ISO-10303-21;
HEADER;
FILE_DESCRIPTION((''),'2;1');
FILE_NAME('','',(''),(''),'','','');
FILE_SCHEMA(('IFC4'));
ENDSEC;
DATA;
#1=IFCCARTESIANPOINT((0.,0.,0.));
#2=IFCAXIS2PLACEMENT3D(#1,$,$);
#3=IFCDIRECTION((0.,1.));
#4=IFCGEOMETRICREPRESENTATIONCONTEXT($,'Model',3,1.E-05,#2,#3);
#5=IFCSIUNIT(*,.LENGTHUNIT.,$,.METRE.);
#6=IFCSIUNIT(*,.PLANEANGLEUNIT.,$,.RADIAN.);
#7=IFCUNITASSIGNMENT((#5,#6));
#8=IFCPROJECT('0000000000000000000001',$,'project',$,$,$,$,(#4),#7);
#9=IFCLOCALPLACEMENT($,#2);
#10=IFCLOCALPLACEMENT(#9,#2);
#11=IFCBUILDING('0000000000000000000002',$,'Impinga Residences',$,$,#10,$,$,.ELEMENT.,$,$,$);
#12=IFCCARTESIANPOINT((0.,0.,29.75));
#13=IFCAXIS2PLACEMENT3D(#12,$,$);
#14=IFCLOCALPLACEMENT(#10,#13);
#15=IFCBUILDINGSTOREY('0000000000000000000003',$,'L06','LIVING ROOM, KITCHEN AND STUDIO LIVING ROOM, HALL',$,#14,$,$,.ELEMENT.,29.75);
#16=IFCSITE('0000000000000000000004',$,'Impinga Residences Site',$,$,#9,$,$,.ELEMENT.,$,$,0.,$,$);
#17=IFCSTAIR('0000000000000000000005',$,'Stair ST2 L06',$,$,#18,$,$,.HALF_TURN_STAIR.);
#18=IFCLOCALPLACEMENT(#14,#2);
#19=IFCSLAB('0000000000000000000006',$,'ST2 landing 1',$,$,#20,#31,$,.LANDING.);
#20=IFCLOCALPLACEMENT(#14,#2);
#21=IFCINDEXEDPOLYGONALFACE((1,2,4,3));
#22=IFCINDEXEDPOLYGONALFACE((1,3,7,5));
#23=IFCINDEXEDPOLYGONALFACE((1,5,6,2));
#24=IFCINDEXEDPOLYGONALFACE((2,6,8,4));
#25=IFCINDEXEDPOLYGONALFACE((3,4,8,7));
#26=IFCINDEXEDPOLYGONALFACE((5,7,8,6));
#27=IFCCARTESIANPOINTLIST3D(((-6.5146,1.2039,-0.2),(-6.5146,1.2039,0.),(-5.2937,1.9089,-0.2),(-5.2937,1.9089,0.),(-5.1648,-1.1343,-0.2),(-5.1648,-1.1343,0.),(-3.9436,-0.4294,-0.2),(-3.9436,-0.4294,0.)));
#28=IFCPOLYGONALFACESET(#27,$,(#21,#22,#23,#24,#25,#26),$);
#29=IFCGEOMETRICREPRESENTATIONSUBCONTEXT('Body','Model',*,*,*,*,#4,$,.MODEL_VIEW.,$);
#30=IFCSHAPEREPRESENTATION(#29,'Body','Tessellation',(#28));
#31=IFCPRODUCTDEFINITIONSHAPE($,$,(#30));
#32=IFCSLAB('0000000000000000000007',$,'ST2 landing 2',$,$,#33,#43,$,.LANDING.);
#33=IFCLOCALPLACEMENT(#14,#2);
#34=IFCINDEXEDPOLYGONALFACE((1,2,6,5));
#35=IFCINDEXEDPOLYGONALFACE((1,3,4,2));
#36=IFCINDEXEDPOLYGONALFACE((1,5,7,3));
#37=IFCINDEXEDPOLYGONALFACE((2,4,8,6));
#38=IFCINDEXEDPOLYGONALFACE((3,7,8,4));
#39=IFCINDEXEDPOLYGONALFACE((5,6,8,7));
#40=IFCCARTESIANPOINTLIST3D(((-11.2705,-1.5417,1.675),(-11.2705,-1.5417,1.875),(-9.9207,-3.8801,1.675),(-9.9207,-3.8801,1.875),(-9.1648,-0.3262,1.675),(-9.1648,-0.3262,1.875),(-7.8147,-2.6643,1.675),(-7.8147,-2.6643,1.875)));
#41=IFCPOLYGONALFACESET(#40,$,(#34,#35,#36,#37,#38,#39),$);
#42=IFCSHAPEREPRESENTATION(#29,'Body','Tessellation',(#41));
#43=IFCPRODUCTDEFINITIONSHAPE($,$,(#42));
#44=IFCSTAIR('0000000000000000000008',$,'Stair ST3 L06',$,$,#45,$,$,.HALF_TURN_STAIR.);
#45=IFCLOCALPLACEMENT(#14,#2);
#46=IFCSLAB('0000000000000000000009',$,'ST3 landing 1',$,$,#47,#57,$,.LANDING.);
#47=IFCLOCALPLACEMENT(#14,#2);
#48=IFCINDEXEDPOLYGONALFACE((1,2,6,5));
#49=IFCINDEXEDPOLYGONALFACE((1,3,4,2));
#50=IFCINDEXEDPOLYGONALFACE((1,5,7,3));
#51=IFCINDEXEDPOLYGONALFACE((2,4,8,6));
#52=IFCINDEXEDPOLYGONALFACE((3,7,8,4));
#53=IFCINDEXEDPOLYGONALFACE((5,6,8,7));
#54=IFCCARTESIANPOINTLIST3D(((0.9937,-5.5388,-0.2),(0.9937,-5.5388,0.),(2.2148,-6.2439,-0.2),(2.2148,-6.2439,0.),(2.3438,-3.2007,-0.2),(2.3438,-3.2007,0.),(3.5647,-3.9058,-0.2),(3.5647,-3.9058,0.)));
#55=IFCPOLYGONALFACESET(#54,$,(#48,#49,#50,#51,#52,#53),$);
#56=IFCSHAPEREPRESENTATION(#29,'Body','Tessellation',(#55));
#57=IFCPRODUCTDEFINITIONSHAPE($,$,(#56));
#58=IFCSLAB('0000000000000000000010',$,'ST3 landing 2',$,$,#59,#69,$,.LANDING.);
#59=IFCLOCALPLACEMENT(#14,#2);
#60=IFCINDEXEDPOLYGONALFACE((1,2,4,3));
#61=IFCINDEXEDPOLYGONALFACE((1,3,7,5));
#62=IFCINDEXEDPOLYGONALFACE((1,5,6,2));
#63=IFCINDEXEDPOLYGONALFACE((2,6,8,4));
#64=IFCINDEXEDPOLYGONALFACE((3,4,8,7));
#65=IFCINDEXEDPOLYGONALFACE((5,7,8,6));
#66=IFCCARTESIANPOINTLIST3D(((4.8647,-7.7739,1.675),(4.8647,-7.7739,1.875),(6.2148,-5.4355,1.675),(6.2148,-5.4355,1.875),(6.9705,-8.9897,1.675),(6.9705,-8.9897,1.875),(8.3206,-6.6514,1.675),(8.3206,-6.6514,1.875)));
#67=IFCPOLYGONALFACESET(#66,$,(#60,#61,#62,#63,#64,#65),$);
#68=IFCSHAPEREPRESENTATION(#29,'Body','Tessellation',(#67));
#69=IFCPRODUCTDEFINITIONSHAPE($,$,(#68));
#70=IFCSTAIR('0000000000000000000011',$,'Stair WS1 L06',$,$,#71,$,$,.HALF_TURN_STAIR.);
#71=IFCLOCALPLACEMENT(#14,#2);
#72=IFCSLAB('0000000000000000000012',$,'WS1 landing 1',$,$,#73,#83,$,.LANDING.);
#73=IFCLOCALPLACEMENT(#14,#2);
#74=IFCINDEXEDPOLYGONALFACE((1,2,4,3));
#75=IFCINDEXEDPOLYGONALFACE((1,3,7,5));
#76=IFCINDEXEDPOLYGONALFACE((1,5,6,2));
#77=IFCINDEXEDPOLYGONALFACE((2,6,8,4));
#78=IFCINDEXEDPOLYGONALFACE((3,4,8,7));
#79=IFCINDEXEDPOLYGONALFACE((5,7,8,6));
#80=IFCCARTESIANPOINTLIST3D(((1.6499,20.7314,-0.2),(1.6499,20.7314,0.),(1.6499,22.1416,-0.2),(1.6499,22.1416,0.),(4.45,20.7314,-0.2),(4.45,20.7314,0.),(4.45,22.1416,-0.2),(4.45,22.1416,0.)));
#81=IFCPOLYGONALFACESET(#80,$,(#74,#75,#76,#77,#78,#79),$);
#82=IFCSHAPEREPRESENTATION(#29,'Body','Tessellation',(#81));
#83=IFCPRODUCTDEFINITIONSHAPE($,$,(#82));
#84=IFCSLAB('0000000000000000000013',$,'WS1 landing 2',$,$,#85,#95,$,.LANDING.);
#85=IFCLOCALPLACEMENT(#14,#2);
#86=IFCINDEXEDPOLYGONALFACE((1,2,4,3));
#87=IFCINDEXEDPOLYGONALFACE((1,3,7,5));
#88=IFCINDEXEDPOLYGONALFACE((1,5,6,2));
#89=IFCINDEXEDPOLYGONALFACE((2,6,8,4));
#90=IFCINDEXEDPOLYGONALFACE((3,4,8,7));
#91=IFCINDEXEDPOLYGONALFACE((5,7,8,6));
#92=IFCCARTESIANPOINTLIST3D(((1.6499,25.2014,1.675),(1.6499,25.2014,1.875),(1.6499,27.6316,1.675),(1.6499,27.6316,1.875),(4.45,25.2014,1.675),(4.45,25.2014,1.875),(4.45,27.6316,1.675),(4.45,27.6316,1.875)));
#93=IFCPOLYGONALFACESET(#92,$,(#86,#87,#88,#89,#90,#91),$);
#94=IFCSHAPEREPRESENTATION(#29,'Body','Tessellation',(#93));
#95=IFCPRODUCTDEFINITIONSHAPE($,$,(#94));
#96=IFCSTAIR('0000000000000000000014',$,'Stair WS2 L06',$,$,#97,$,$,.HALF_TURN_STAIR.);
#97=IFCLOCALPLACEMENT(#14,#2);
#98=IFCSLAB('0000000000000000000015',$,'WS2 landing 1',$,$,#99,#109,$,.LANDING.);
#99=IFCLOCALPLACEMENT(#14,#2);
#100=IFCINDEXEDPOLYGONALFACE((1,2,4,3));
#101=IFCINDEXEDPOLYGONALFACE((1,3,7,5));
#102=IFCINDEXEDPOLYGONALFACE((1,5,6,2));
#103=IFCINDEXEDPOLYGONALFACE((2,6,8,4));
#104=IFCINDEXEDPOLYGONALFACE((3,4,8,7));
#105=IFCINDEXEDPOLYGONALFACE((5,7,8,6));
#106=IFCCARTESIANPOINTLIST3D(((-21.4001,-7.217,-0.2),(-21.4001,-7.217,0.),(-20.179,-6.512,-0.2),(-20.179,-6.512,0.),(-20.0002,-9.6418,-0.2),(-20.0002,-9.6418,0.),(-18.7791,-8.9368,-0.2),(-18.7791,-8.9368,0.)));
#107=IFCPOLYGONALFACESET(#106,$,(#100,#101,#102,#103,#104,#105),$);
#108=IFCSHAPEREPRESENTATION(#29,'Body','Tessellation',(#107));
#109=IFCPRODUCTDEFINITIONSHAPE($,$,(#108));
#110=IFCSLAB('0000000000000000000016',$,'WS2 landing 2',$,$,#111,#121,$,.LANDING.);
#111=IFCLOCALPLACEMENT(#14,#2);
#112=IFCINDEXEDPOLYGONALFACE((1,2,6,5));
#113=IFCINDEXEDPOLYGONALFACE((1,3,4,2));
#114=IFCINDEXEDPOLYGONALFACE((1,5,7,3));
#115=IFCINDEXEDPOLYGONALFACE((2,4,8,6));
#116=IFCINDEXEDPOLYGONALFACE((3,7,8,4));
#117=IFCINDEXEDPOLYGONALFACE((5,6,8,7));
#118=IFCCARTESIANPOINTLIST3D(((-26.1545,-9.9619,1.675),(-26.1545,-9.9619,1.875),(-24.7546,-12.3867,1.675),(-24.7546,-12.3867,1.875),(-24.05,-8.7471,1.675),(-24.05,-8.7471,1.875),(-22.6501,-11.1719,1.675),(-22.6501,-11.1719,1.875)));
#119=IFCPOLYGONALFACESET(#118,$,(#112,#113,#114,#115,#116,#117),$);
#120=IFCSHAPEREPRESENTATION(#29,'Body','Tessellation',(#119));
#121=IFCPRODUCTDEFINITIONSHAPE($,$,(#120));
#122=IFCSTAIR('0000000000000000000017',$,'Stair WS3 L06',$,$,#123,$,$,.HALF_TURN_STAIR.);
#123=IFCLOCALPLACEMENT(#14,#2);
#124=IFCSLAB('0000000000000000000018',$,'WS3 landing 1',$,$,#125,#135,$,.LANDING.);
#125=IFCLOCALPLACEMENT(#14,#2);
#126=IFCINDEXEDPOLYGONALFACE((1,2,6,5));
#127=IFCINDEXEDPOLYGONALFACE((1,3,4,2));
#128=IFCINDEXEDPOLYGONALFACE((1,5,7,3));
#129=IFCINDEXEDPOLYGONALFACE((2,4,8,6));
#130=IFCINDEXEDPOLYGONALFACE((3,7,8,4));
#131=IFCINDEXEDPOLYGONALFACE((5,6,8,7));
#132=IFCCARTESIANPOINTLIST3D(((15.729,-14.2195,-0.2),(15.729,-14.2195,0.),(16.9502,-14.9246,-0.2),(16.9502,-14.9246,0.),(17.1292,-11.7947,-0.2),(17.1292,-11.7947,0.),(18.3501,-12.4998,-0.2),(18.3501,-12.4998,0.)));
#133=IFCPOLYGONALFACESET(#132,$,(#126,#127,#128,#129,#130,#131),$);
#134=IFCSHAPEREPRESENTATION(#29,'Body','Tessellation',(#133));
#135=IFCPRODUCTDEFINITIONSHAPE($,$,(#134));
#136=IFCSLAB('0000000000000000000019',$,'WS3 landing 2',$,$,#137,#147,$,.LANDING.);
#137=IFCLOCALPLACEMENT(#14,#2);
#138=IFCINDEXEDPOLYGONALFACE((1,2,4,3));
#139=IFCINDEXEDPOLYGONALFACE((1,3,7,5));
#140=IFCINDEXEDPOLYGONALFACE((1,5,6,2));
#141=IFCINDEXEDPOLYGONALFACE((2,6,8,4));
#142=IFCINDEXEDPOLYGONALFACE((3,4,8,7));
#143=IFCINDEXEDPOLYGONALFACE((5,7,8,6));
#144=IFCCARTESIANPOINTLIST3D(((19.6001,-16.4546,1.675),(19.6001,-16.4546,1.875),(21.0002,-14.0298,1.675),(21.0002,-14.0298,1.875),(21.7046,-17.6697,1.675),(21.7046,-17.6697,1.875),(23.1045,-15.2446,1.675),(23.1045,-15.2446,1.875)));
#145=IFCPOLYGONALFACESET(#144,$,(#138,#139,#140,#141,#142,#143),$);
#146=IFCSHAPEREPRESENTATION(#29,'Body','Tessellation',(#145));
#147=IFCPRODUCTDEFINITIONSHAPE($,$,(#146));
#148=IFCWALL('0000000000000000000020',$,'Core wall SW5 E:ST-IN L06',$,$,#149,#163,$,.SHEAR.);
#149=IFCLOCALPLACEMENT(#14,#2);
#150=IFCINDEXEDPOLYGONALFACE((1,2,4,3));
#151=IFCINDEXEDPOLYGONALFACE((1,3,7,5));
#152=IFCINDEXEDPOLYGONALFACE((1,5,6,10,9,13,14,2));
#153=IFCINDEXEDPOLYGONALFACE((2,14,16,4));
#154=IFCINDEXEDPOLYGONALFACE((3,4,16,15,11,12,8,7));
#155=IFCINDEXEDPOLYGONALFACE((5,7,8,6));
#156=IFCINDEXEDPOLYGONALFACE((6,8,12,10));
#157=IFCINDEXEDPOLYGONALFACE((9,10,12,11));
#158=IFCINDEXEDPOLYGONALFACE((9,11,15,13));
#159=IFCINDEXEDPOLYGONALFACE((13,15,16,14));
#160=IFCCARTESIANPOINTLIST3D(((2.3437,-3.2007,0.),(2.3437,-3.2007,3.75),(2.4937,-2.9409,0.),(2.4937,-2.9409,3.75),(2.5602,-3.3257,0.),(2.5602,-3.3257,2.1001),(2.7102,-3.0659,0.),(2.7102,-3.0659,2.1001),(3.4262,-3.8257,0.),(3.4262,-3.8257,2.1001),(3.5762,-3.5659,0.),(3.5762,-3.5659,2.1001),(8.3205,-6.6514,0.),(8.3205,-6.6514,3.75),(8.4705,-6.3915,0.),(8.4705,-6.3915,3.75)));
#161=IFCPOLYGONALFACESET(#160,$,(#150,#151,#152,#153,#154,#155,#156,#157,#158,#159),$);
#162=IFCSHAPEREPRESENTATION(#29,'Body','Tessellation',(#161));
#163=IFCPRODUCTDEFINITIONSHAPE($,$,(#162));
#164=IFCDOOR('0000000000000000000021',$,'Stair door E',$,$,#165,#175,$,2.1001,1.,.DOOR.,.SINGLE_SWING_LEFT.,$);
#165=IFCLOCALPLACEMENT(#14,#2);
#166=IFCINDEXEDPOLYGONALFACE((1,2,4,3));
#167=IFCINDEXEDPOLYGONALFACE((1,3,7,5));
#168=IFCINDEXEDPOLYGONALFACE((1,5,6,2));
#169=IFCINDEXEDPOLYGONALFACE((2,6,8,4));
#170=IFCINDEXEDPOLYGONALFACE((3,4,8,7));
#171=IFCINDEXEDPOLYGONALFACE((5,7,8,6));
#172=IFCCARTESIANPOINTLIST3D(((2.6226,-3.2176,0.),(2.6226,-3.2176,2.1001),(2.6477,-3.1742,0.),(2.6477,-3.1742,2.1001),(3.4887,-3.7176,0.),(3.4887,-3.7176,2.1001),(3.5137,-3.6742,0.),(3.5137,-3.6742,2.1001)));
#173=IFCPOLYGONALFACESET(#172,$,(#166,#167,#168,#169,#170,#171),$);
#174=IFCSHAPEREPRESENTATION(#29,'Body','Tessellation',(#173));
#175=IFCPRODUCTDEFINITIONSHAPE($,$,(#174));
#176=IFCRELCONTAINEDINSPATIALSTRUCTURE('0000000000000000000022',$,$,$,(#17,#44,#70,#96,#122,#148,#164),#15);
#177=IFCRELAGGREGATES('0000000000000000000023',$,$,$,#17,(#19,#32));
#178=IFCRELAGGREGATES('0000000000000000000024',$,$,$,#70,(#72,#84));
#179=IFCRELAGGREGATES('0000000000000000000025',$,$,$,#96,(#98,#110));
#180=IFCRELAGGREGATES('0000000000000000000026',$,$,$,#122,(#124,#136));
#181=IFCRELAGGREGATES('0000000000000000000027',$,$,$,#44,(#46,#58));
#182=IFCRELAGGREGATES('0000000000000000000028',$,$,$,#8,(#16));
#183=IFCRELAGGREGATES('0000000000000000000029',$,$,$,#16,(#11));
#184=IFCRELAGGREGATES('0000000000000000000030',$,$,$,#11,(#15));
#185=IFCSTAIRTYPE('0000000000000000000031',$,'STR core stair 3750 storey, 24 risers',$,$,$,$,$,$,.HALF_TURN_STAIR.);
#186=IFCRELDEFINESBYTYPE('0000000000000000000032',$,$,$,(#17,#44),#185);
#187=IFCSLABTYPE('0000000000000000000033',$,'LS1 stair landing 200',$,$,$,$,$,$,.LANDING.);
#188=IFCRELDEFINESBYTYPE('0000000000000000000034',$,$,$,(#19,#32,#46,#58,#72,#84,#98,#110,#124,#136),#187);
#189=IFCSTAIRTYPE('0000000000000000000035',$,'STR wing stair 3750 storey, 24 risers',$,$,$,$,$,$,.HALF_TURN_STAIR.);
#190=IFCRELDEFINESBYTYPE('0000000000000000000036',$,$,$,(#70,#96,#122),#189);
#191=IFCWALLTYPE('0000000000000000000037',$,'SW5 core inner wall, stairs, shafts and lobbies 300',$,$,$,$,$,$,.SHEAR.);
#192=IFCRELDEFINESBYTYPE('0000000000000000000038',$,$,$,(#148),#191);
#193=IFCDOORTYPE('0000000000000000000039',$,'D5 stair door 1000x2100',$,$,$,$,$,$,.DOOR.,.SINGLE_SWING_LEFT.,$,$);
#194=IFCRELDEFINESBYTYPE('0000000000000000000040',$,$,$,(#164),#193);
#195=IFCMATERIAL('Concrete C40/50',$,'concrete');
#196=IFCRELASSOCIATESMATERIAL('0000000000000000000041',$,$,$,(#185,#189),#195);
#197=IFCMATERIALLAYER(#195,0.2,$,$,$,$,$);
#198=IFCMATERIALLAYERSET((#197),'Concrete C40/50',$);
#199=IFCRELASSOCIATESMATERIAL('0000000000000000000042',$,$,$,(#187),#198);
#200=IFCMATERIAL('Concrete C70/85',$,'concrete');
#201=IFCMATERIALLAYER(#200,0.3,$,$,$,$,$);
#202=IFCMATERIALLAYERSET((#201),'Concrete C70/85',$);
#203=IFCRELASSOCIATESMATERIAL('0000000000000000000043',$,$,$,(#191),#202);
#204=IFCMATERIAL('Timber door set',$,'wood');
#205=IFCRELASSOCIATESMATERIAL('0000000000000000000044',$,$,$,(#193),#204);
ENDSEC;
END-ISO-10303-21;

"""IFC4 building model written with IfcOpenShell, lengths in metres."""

from ifc_helpers import new_model, si_unit, direction, frame, frame_2d, origin, place, context, subcontext, project, spatial, polyline, rectangle, outline, extrude, material, layer, layer_set, type_object, element, fill, aggregate, save


model = new_model("IFC4")

# Units and contexts
model_context = context("Model", 3, precision=1e-05, world=origin(), true_north=direction((0.0, 1.0)))
body_context = subcontext(model_context, "Body", "Model", "MODEL_VIEW")
ifc_project = project(units=[si_unit("LENGTHUNIT", "METRE"), si_unit("PLANEANGLEUNIT", "RADIAN")], contexts=[model_context])

# Site, building, storey
site_placement = place(None, origin())
site = spatial("IfcSite", under=ifc_project, at=site_placement, Name="Impinga Residences Site", CompositionType="ELEMENT", RefElevation=0.0)
building_placement = place(site_placement, origin())
building = spatial("IfcBuilding", under=site, at=building_placement, Name="Impinga Residences", CompositionType="ELEMENT")
storey_placement = place(building_placement, frame((0.0, 0.0, 29.75)))
storey = spatial("IfcBuildingStorey", under=building, at=storey_placement, Name="L06", Description="LIVING ROOM, KITCHEN AND STUDIO LIVING ROOM, HALL", CompositionType="ELEMENT", Elevation=29.75)

# Stairs, slabs
ifc_material_1 = material(Name="Concrete C40/50", Category="concrete")
stair_type_1 = type_object("IfcStairType", Name="STR core stair 3750 storey, 24 risers", PredefinedType="HALF_TURN_STAIR", material=ifc_material_1)
stair_1_placement = place(storey_placement, origin())
stair_1 = element("IfcStair", 1, at=stair_1_placement, inside=storey, type_object=stair_type_1, Name="Stair ST2 L06", PredefinedType="HALF_TURN_STAIR")
ifc_layer_1 = layer(ifc_material_1, 0.2)
ifc_layer_set_1 = layer_set([ifc_layer_1], Name="Concrete C40/50")
slab_type = type_object("IfcSlabType", Name="LS1 stair landing 200", PredefinedType="LANDING", material=ifc_layer_set_1)
slab_1_placement = place(storey_placement, frame((0.0, 0.0, -0.2)))
slab_1 = element("IfcSlab", 2, at=slab_1_placement, type_object=slab_type, Name="ST2 landing 1", PredefinedType="LANDING", context=body_context, shape_type="SweptSolid", body=[
    extrude(outline(polyline([(-3.9436, -0.4294), (-5.2937, 1.9089), (-6.5146, 1.2039), (-5.1648, -1.1343), (-3.9436, -0.4294)])), origin(), (0.0, 0.0, 1.0), 0.2),
])
slab_2_placement = place(storey_placement, frame((0.0, 0.0, 1.675)))
slab_2 = element("IfcSlab", 3, at=slab_2_placement, type_object=slab_type, Name="ST2 landing 2", PredefinedType="LANDING", context=body_context, shape_type="SweptSolid", body=[
    extrude(outline(polyline([(-7.8147, -2.6643), (-9.1648, -0.3262), (-11.2705, -1.5417), (-9.9207, -3.8801), (-7.8147, -2.6643)])), origin(), (0.0, 0.0, 1.0), 0.2),
])
aggregate(stair_1, [slab_1, slab_2])
stair_2_placement = place(storey_placement, origin())
stair_2 = element("IfcStair", 4, at=stair_2_placement, inside=storey, type_object=stair_type_1, Name="Stair ST3 L06", PredefinedType="HALF_TURN_STAIR")
slab_3_placement = place(storey_placement, frame((0.0, 0.0, -0.2)))
slab_3 = element("IfcSlab", 5, at=slab_3_placement, type_object=slab_type, Name="ST3 landing 1", PredefinedType="LANDING", context=body_context, shape_type="SweptSolid", body=[
    extrude(outline(polyline([(2.3438, -3.2007), (0.9937, -5.5388), (2.2148, -6.2439), (3.5647, -3.9058), (2.3438, -3.2007)])), origin(), (0.0, 0.0, 1.0), 0.2),
])
slab_4_placement = place(storey_placement, frame((0.0, 0.0, 1.675)))
slab_4 = element("IfcSlab", 6, at=slab_4_placement, type_object=slab_type, Name="ST3 landing 2", PredefinedType="LANDING", context=body_context, shape_type="SweptSolid", body=[
    extrude(outline(polyline([(6.2148, -5.4355), (4.8647, -7.7739), (6.9705, -8.9897), (8.3206, -6.6514), (6.2148, -5.4355)])), origin(), (0.0, 0.0, 1.0), 0.2),
])
stair_type_2 = type_object("IfcStairType", Name="STR wing stair 3750 storey, 24 risers", PredefinedType="HALF_TURN_STAIR", material=ifc_material_1)
stair_3_placement = place(storey_placement, origin())
stair_3 = element("IfcStair", 7, at=stair_3_placement, inside=storey, type_object=stair_type_2, Name="Stair WS1 L06", PredefinedType="HALF_TURN_STAIR")
slab_5_placement = place(storey_placement, frame((0.0, 0.0, -0.2)))
slab_5 = element("IfcSlab", 8, at=slab_5_placement, type_object=slab_type, Name="WS1 landing 1", PredefinedType="LANDING", context=body_context, shape_type="SweptSolid", body=[
    extrude(outline(polyline([(1.6499, 20.7314), (4.45, 20.7314), (4.45, 22.1416), (1.6499, 22.1416), (1.6499, 20.7314)])), origin(), (0.0, 0.0, 1.0), 0.2),
])
slab_6_placement = place(storey_placement, frame((0.0, 0.0, 1.675)))
slab_6 = element("IfcSlab", 9, at=slab_6_placement, type_object=slab_type, Name="WS1 landing 2", PredefinedType="LANDING", context=body_context, shape_type="SweptSolid", body=[
    extrude(outline(polyline([(1.6499, 25.2014), (4.45, 25.2014), (4.45, 27.6316), (1.6499, 27.6316), (1.6499, 25.2014)])), origin(), (0.0, 0.0, 1.0), 0.2),
])
aggregate(stair_3, [slab_5, slab_6])
stair_4_placement = place(storey_placement, origin())
stair_4 = element("IfcStair", 10, at=stair_4_placement, inside=storey, type_object=stair_type_2, Name="Stair WS2 L06", PredefinedType="HALF_TURN_STAIR")
slab_7_placement = place(storey_placement, frame((0.0, 0.0, -0.2)))
slab_7 = element("IfcSlab", 11, at=slab_7_placement, type_object=slab_type, Name="WS2 landing 1", PredefinedType="LANDING", context=body_context, shape_type="SweptSolid", body=[
    extrude(outline(polyline([(-18.7791, -8.9368), (-20.179, -6.512), (-21.4001, -7.217), (-20.0002, -9.6418), (-18.7791, -8.9368)])), origin(), (0.0, 0.0, 1.0), 0.2),
])
slab_8_placement = place(storey_placement, frame((0.0, 0.0, 1.675)))
slab_8 = element("IfcSlab", 12, at=slab_8_placement, type_object=slab_type, Name="WS2 landing 2", PredefinedType="LANDING", context=body_context, shape_type="SweptSolid", body=[
    extrude(outline(polyline([(-22.6501, -11.1719), (-24.05, -8.7471), (-26.1545, -9.9619), (-24.7546, -12.3867), (-22.6501, -11.1719)])), origin(), (0.0, 0.0, 1.0), 0.2),
])
aggregate(stair_4, [slab_7, slab_8])
stair_5_placement = place(storey_placement, origin())
stair_5 = element("IfcStair", 13, at=stair_5_placement, inside=storey, type_object=stair_type_2, Name="Stair WS3 L06", PredefinedType="HALF_TURN_STAIR")
slab_9_placement = place(storey_placement, frame((0.0, 0.0, -0.2)))
slab_9 = element("IfcSlab", 14, at=slab_9_placement, type_object=slab_type, Name="WS3 landing 1", PredefinedType="LANDING", context=body_context, shape_type="SweptSolid", body=[
    extrude(outline(polyline([(17.1292, -11.7947), (15.729, -14.2195), (16.9502, -14.9246), (18.3501, -12.4998), (17.1292, -11.7947)])), origin(), (0.0, 0.0, 1.0), 0.2),
])
slab_10_placement = place(storey_placement, frame((0.0, 0.0, 1.675)))
slab_10 = element("IfcSlab", 15, at=slab_10_placement, type_object=slab_type, Name="WS3 landing 2", PredefinedType="LANDING", context=body_context, shape_type="SweptSolid", body=[
    extrude(outline(polyline([(21.0002, -14.0298), (19.6001, -16.4546), (21.7046, -17.6697), (23.1045, -15.2446), (21.0002, -14.0298)])), origin(), (0.0, 0.0, 1.0), 0.2),
])
aggregate(stair_5, [slab_9, slab_10])

# Wall, opening, door
ifc_material_2 = material(Name="Concrete C70/85", Category="concrete")
ifc_layer_2 = layer(ifc_material_2, 0.3)
ifc_layer_set_2 = layer_set([ifc_layer_2], Name="Concrete C70/85")
wall_type = type_object("IfcWallType", Name="SW5 core inner wall, stairs, shafts and lobbies 300", PredefinedType="SHEAR", material=ifc_layer_set_2)
wall_1_placement = place(storey_placement, frame((2.4187, -3.0708, 0.0), z_axis=(0.0, 0.0, 1.0), x_axis=(0.866027, -0.499997, 0.0)))
wall_1 = element("IfcWall", 16, at=wall_1_placement, inside=storey, type_object=wall_type, Name="Core wall SW5 E:ST-IN L06", PredefinedType="SHEAR", context=body_context, shape_type="SweptSolid", body=[
    extrude(rectangle(XDim=6.9014, YDim=0.3, at=frame_2d((3.4507, 0.0))), origin(), (0.0, 0.0, 1.0), 3.75),
])
opening_1_placement = place(wall_1_placement, frame((0.25, 0.0, 0.0)))
opening_1 = element("IfcOpeningElement", 17, at=opening_1_placement, cuts=wall_1, PredefinedType="OPENING", context=body_context, shape_type="SweptSolid", body=[
    extrude(rectangle(XDim=1.0, YDim=2.1001, at=frame_2d((0.5, 1.05))), frame((0.0, 0.1599, 0.0), z_axis=(0.0, -1.0, 0.0), x_axis=(1.0, 0.0, 0.0)), (0.0, 0.0, 1.0), 0.3201),
])
ifc_material_3 = material(Name="Timber door set", Category="wood")
door_type_1 = type_object("IfcDoorType", Name="D5 stair door 1000x2100", OperationType="SINGLE_SWING_LEFT", PredefinedType="DOOR", material=ifc_material_3)
door_1_placement = place(opening_1_placement, origin())
door_1 = element("IfcDoor", 18, at=door_1_placement, inside=storey, type_object=door_type_1, Name="Stair door E", OperationType="SINGLE_SWING_LEFT", OverallHeight=2.1001, OverallWidth=1.0, PredefinedType="DOOR", context=body_context, shape_type="SweptSolid", body=[
    extrude(rectangle(XDim=1.0, YDim=2.1001, at=frame_2d((0.5, 1.05))), frame((0.0, 0.0249, 0.0), z_axis=(0.0, -1.0, 0.0), x_axis=(1.0, 0.0, 0.0)), (0.0, 0.0, 1.0), 0.05),
])
fill(opening_1, door_1)

aggregate(stair_2, [slab_3, slab_4])

save(model, "model.ifc")
